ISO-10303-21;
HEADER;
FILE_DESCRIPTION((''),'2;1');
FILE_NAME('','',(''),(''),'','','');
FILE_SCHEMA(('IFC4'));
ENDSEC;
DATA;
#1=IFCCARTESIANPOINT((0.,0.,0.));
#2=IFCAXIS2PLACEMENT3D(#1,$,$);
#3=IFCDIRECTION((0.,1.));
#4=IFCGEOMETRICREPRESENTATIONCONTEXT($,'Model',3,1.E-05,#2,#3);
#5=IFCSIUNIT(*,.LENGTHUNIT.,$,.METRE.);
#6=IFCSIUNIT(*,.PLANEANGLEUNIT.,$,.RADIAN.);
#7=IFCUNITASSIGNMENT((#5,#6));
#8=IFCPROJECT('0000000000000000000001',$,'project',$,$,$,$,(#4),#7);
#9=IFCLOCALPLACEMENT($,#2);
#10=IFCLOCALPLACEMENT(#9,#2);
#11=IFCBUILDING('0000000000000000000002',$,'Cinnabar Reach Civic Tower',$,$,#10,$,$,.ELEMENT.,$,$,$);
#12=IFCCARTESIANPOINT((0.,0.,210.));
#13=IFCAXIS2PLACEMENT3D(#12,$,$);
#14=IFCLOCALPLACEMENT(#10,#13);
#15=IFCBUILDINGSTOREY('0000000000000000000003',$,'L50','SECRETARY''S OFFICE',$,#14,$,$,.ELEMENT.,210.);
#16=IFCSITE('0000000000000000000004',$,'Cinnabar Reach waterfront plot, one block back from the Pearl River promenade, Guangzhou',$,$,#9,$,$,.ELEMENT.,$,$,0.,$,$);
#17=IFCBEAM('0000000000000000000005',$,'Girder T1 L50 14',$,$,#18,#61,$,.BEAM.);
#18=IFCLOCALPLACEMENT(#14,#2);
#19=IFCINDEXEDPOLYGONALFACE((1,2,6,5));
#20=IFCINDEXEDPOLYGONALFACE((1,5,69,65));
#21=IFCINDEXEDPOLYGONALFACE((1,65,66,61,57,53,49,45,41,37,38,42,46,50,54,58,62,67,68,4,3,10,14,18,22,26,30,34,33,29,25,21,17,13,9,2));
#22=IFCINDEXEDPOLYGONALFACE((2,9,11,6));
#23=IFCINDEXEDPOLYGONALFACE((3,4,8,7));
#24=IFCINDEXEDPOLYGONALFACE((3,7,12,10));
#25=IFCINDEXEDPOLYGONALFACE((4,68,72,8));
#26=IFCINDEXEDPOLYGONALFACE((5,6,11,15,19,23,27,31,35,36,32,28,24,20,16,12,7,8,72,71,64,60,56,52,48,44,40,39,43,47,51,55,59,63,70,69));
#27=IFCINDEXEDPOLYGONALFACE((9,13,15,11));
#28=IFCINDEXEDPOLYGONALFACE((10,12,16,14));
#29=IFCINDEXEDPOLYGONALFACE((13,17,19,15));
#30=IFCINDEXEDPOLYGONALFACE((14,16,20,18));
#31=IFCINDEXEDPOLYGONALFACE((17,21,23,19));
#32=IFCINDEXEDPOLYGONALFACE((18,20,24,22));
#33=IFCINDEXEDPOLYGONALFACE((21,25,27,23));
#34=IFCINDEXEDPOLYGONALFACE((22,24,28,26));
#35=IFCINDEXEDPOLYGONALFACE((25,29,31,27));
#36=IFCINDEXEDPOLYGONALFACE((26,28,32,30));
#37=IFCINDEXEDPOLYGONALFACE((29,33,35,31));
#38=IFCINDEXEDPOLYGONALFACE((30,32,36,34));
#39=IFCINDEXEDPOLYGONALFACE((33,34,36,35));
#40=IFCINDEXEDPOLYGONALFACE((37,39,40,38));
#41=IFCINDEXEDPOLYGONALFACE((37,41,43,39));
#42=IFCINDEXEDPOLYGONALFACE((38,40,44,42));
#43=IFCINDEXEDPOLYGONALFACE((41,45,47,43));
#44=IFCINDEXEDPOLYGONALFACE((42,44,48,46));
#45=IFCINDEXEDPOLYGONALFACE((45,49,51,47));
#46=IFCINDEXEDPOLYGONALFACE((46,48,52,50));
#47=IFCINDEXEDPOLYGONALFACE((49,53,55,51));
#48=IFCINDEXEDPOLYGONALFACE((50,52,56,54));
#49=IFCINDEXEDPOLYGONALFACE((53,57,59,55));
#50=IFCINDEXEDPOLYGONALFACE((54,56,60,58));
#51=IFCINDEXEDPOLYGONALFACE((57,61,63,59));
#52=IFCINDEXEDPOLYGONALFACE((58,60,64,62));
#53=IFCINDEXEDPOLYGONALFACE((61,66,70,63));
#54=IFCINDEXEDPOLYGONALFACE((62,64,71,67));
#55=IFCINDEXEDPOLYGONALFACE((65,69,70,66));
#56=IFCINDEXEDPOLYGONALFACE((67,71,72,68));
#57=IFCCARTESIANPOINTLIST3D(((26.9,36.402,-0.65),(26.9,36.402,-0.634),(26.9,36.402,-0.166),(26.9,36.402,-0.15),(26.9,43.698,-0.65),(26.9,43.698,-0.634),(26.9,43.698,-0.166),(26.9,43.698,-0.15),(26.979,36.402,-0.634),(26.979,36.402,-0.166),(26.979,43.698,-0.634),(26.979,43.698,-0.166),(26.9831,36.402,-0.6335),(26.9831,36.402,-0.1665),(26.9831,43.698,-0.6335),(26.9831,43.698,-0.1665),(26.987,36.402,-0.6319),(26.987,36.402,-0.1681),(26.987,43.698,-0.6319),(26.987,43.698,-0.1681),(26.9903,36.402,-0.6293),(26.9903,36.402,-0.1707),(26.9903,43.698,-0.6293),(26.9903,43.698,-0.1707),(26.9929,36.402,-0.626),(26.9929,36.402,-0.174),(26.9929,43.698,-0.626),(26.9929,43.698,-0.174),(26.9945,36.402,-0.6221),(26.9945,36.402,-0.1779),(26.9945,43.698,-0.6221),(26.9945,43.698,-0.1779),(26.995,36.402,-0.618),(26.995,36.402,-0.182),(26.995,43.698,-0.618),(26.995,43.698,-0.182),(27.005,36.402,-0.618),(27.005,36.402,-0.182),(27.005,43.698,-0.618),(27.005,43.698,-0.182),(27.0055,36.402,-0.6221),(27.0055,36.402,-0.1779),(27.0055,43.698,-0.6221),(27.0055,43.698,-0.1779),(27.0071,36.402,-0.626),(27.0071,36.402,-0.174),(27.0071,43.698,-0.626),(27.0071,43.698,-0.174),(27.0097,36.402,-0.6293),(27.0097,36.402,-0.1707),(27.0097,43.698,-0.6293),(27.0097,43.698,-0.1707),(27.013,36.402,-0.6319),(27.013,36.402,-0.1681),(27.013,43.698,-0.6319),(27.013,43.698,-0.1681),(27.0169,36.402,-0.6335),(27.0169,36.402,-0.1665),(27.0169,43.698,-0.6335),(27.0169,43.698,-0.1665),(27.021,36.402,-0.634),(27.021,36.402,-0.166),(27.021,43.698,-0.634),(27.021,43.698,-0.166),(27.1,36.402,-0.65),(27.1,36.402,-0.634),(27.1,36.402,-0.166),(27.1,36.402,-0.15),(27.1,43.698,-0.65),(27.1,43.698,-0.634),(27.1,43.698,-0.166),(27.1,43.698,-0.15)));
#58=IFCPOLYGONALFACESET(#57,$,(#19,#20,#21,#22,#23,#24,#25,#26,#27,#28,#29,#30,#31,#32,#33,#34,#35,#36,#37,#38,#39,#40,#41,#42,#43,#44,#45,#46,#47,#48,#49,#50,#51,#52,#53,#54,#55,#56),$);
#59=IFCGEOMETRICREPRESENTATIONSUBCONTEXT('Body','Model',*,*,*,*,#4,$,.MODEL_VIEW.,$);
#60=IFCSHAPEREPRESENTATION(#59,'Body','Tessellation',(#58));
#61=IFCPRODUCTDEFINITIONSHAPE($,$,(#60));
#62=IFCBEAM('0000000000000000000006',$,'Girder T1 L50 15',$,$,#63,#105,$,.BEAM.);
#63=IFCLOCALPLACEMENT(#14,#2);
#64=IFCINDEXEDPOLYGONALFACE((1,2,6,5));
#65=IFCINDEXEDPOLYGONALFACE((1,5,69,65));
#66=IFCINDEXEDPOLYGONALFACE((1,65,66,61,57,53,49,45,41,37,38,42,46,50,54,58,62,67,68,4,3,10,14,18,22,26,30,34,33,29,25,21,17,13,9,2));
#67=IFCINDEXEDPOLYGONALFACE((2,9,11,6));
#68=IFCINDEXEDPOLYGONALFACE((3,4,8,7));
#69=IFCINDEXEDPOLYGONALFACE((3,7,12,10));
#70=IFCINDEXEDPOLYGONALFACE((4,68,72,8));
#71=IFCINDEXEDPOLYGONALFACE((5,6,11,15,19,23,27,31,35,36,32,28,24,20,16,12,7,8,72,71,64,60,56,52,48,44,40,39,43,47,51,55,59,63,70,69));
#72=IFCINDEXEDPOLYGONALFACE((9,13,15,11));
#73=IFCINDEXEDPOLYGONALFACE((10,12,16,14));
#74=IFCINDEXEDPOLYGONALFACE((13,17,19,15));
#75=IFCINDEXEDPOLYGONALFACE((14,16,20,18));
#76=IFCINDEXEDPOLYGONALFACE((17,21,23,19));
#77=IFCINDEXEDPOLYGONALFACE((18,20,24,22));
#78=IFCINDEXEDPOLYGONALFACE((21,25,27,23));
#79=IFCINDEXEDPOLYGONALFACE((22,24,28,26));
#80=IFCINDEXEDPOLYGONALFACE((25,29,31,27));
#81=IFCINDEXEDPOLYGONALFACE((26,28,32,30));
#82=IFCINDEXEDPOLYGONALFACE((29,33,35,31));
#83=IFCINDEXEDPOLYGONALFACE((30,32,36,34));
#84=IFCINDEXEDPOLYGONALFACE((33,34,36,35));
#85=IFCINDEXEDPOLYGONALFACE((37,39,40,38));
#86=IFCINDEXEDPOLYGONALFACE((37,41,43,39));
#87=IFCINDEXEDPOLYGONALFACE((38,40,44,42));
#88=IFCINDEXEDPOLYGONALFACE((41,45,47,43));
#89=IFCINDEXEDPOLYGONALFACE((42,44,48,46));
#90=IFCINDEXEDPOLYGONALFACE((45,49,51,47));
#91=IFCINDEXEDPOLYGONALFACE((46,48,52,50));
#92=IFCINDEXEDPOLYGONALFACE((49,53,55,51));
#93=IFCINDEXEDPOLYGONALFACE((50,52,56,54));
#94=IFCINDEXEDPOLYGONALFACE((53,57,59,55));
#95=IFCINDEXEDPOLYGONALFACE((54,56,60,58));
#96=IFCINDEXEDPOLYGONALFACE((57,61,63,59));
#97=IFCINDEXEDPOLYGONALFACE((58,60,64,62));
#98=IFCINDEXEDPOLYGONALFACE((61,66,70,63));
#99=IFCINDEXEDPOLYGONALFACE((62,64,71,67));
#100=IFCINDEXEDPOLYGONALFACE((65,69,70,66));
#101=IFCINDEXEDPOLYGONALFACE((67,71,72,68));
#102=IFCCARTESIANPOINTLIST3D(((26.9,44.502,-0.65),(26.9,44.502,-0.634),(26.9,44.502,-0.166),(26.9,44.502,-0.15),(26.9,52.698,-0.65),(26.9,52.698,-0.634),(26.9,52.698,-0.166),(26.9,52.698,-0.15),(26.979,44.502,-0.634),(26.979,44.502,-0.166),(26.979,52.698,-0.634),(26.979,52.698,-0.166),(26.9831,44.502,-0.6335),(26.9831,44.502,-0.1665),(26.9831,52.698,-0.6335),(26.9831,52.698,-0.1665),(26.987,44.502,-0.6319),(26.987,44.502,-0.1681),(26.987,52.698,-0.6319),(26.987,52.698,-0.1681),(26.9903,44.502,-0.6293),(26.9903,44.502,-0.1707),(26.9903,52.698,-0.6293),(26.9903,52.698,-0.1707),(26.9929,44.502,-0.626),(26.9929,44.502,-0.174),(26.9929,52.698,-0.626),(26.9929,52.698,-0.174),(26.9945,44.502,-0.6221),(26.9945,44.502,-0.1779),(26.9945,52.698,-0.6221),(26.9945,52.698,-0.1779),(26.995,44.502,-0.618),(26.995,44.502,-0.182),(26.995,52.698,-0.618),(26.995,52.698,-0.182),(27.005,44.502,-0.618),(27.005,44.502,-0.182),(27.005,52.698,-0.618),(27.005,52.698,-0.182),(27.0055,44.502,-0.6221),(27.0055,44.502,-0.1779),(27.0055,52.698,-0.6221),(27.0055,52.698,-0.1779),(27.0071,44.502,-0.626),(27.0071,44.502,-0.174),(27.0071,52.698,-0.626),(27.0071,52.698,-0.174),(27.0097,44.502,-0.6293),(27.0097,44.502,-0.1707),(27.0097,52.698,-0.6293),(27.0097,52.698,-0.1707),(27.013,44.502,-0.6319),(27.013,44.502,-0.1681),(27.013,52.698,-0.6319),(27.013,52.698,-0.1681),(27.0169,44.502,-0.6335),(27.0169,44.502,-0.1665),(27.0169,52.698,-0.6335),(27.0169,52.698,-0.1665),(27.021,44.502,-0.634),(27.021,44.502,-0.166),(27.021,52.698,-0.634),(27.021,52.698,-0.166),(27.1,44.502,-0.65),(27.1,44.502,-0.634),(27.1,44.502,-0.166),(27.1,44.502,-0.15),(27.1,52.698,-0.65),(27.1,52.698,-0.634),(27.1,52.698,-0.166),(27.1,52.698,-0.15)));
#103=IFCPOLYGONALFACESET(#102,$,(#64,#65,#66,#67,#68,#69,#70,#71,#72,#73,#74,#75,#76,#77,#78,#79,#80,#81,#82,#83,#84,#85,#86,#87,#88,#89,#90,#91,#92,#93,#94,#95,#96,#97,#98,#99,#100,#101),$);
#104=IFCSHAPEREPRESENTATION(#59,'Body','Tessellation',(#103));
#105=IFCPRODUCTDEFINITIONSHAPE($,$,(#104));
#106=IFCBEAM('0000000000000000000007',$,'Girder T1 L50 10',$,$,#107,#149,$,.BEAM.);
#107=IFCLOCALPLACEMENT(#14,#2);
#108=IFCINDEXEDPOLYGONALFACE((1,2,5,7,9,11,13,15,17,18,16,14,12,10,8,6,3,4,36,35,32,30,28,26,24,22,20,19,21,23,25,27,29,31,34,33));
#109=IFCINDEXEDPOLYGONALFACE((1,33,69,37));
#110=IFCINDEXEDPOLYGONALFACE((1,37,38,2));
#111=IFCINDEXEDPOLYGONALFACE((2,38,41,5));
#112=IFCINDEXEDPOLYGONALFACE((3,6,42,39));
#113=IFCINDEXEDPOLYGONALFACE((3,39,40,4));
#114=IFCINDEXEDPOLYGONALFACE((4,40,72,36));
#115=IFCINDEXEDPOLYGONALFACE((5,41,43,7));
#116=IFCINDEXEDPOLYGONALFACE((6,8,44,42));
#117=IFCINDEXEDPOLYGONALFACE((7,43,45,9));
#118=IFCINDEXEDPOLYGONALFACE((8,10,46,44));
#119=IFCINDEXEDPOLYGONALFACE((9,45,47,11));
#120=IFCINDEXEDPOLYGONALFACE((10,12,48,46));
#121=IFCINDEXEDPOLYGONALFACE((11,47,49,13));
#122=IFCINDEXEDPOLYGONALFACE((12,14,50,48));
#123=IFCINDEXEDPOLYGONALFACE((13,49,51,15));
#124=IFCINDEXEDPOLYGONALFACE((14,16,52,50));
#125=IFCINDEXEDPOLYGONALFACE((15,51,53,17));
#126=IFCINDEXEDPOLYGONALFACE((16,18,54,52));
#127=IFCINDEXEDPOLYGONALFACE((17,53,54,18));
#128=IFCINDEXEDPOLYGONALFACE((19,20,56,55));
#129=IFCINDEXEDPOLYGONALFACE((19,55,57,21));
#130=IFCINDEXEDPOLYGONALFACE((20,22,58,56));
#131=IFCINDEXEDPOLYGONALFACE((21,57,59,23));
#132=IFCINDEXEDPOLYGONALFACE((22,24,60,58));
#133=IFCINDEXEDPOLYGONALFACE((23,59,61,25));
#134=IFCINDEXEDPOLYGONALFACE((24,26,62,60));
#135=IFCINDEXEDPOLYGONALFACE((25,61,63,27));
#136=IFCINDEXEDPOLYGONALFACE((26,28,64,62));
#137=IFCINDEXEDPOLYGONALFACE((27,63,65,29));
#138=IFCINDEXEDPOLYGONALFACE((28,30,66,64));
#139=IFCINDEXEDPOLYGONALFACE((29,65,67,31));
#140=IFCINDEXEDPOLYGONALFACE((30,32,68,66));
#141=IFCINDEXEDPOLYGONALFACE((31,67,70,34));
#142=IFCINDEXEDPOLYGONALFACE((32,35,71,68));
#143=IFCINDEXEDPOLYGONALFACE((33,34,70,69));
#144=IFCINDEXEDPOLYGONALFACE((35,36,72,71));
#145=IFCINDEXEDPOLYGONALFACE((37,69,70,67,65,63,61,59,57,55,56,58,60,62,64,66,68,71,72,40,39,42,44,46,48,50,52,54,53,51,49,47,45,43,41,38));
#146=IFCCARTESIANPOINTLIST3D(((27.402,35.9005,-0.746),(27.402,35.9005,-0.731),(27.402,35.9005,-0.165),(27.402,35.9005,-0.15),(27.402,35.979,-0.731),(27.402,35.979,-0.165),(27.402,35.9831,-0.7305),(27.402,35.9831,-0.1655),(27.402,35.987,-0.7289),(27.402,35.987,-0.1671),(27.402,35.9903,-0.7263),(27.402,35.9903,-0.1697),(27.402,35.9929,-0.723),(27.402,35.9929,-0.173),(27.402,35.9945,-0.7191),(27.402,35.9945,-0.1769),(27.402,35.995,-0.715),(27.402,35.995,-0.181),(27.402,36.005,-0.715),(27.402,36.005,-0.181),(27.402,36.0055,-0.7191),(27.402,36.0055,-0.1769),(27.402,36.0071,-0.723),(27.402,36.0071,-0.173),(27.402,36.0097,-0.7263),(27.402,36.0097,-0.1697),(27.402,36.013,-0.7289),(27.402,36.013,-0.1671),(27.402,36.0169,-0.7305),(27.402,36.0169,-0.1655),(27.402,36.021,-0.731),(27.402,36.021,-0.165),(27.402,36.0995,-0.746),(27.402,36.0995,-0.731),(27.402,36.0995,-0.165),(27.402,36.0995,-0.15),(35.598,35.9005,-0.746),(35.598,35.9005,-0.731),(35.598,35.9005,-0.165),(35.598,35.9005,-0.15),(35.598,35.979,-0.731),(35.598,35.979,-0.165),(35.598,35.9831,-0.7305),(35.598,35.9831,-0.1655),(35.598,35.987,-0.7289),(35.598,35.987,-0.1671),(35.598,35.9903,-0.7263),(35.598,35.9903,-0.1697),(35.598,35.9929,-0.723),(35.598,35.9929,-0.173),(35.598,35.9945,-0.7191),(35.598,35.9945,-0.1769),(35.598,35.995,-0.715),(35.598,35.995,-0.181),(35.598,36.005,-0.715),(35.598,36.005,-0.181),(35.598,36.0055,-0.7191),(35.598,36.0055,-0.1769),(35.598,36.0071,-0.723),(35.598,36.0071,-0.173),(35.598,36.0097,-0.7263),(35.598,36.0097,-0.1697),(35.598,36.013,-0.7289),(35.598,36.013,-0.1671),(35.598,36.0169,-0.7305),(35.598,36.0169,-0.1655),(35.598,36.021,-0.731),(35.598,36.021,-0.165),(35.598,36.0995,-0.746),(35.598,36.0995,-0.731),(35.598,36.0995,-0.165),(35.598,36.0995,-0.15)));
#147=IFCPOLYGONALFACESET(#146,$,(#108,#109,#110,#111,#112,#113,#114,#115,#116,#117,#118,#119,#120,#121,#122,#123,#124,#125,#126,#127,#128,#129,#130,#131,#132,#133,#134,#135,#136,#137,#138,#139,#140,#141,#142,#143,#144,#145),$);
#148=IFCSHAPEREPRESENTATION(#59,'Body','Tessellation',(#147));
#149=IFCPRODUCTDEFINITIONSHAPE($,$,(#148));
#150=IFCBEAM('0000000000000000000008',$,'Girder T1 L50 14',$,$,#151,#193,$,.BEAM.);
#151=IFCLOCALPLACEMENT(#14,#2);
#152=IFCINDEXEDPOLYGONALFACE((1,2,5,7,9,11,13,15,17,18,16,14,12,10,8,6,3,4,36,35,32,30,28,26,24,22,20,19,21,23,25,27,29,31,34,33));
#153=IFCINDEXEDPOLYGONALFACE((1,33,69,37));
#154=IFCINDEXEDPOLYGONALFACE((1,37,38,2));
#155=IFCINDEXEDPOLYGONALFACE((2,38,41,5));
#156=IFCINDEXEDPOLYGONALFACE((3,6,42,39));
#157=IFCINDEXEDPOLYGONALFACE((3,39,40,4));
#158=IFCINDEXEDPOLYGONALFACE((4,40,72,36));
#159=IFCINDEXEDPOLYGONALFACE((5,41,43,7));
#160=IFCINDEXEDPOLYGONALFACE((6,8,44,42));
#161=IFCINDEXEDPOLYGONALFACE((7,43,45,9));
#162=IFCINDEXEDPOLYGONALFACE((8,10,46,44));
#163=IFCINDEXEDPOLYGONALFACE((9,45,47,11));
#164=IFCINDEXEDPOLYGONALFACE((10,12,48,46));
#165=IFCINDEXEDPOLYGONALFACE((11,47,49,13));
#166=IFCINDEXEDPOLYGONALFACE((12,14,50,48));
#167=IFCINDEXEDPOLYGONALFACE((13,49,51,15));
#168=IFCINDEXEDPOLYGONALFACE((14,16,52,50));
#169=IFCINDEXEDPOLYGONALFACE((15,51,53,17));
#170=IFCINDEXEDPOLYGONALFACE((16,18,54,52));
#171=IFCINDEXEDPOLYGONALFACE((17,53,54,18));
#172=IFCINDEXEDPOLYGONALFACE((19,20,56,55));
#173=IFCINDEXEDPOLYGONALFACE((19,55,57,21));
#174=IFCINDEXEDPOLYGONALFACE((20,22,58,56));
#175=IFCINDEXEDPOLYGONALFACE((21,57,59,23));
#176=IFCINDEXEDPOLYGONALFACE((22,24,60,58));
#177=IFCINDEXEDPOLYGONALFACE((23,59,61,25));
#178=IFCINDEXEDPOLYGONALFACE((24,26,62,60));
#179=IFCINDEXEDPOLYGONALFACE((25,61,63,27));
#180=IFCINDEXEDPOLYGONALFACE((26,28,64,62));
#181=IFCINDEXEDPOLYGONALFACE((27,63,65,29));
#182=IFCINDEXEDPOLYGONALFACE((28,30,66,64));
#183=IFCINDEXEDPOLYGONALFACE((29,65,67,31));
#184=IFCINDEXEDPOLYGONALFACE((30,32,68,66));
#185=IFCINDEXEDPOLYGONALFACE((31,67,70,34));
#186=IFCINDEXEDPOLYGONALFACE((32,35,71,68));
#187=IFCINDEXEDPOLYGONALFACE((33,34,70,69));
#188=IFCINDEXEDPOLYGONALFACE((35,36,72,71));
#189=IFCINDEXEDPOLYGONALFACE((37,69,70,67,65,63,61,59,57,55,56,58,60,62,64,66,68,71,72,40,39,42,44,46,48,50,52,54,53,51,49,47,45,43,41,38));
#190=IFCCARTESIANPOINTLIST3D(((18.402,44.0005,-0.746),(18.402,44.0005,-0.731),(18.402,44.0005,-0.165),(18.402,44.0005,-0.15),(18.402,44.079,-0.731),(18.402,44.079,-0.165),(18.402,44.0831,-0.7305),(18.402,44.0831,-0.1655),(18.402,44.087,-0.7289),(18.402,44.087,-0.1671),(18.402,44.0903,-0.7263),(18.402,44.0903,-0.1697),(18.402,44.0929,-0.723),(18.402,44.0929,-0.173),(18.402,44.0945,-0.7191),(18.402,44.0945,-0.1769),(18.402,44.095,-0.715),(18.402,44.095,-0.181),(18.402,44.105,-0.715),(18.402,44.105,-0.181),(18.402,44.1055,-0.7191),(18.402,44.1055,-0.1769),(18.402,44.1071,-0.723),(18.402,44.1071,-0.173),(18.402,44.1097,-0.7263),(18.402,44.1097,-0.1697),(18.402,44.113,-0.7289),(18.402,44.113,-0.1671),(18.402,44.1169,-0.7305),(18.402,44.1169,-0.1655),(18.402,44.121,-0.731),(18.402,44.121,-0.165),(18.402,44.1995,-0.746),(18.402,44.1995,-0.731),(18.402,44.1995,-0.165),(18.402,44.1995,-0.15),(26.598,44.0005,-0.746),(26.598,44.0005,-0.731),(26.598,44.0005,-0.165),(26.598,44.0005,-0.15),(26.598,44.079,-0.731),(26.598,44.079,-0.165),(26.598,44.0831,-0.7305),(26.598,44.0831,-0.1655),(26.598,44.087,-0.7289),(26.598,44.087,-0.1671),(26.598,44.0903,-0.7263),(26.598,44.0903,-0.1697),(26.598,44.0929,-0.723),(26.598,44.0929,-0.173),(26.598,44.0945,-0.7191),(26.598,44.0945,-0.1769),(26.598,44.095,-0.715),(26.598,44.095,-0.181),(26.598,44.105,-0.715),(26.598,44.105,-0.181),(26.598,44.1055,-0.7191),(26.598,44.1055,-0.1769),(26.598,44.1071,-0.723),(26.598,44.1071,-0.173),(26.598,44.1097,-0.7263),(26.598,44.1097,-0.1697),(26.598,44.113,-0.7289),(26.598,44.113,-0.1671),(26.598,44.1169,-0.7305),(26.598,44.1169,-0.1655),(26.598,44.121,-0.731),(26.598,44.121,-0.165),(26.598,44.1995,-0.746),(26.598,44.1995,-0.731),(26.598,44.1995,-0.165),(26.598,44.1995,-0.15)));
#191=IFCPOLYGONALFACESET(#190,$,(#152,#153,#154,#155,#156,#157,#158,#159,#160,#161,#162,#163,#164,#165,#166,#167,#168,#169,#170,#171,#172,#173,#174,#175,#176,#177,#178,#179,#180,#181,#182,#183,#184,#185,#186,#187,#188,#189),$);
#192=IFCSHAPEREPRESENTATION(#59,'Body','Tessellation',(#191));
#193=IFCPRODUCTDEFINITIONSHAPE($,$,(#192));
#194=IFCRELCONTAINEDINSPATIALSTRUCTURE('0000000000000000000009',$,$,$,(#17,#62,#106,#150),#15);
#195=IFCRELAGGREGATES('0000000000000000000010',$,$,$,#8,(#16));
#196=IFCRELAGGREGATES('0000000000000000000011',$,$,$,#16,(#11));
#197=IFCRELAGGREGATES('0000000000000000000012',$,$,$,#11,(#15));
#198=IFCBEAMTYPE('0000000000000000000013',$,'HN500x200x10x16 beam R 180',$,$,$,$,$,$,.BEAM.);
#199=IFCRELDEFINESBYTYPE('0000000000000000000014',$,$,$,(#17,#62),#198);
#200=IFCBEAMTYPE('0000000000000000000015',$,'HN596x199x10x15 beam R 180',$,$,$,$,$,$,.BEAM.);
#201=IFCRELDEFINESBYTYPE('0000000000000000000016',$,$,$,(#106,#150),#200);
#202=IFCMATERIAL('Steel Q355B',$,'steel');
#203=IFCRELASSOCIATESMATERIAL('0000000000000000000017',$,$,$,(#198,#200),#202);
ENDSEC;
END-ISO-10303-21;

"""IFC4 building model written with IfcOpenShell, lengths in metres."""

from ifc_helpers import new_model, si_unit, direction, frame, origin, origin_2d, place, context, subcontext, project, spatial, i_section, extrude, material, material_profile, profile_set, type_object, element, save


model = new_model("IFC4")

# Units and contexts
model_context = context("Model", 3, precision=1e-05, world=origin(), true_north=direction((0.0, 1.0)))
body_context = subcontext(model_context, "Body", "Model", "MODEL_VIEW")
ifc_project = project(units=[si_unit("LENGTHUNIT", "METRE"), si_unit("PLANEANGLEUNIT", "RADIAN")], contexts=[model_context])

# Site, building, storey
site_placement = place(None, origin())
site = spatial("IfcSite", under=ifc_project, at=site_placement, Name="Cinnabar Reach waterfront plot, one block back from the Pearl River promenade, Guangzhou", CompositionType="ELEMENT", RefElevation=0.0)
building_placement = place(site_placement, origin())
building = spatial("IfcBuilding", under=site, at=building_placement, Name="Cinnabar Reach Civic Tower", CompositionType="ELEMENT")
storey_placement = place(building_placement, frame((0.0, 0.0, 210.0)))
storey = spatial("IfcBuildingStorey", under=building, at=storey_placement, Name="L50", Description="SECRETARY'S OFFICE", CompositionType="ELEMENT", Elevation=210.0)

# Beams
ifc_material_1 = material(Name="Steel Q355B", Category="steel")
ifc_material_profile_1 = material_profile(ifc_material_1, i_section(OverallWidth=0.2, OverallDepth=0.5, WebThickness=0.01, FlangeThickness=0.016, FilletRadius=0.016, at=origin_2d()), Name="HN500x200x10x16")
ifc_profile_set_1 = profile_set([ifc_material_profile_1], Name="Steel Q355B")
beam_type_1 = type_object("IfcBeamType", Name="HN500x200x10x16 beam R 180", PredefinedType="BEAM", material=ifc_profile_set_1)
beam_1_placement = place(storey_placement, frame((27.0, 36.402, -0.4), z_axis=(0.0, 1.0, 0.0), x_axis=(-1.0, 0.0, 0.0)))
element("IfcBeam", 1, at=beam_1_placement, inside=storey, type_object=beam_type_1, Name="Girder T1 L50 14", PredefinedType="BEAM", context=body_context, shape_type="SweptSolid", body=[
    extrude(i_section(OverallWidth=0.2, OverallDepth=0.5, WebThickness=0.01, FlangeThickness=0.016, FilletRadius=0.016, at=origin_2d()), origin(), (0.0, 0.0, 1.0), 7.296),
])
beam_2_placement = place(storey_placement, frame((27.0, 44.502, -0.4), z_axis=(0.0, 1.0, 0.0), x_axis=(-1.0, 0.0, 0.0)))
element("IfcBeam", 2, at=beam_2_placement, inside=storey, type_object=beam_type_1, Name="Girder T1 L50 15", PredefinedType="BEAM", context=body_context, shape_type="SweptSolid", body=[
    extrude(i_section(OverallWidth=0.2, OverallDepth=0.5, WebThickness=0.01, FlangeThickness=0.016, FilletRadius=0.016, at=origin_2d()), origin(), (0.0, 0.0, 1.0), 8.196),
])
ifc_material_profile_2 = material_profile(ifc_material_1, i_section(OverallWidth=0.199, OverallDepth=0.596, WebThickness=0.01, FlangeThickness=0.015, FilletRadius=0.016, at=origin_2d()), Name="HN596x199x10x15")
ifc_profile_set_2 = profile_set([ifc_material_profile_2], Name="Steel Q355B")
beam_type_2 = type_object("IfcBeamType", Name="HN596x199x10x15 beam R 180", PredefinedType="BEAM", material=ifc_profile_set_2)
for number, where, z_axis, x_axis, name in (
    (3, (27.402, 36.0, -0.448), (1.0, 0.0, 0.0), (0.0, 1.0, 0.0), "Girder T1 L50 10"),
    (4, (18.402, 44.1, -0.448), (1.0, 0.0, 0.0), (0.0, 1.0, 0.0), "Girder T1 L50 14"),
):
    element("IfcBeam", number, at=place(storey_placement, frame(where, z_axis=z_axis, x_axis=x_axis)), inside=storey, type_object=beam_type_2, Name=name, PredefinedType="BEAM", context=body_context, shape_type="SweptSolid", body=[
        extrude(i_section(OverallWidth=0.199, OverallDepth=0.596, WebThickness=0.01, FlangeThickness=0.015, FilletRadius=0.016, at=origin_2d()), origin(), (0.0, 0.0, 1.0), 8.196),
    ])

save(model, "model.ifc")
